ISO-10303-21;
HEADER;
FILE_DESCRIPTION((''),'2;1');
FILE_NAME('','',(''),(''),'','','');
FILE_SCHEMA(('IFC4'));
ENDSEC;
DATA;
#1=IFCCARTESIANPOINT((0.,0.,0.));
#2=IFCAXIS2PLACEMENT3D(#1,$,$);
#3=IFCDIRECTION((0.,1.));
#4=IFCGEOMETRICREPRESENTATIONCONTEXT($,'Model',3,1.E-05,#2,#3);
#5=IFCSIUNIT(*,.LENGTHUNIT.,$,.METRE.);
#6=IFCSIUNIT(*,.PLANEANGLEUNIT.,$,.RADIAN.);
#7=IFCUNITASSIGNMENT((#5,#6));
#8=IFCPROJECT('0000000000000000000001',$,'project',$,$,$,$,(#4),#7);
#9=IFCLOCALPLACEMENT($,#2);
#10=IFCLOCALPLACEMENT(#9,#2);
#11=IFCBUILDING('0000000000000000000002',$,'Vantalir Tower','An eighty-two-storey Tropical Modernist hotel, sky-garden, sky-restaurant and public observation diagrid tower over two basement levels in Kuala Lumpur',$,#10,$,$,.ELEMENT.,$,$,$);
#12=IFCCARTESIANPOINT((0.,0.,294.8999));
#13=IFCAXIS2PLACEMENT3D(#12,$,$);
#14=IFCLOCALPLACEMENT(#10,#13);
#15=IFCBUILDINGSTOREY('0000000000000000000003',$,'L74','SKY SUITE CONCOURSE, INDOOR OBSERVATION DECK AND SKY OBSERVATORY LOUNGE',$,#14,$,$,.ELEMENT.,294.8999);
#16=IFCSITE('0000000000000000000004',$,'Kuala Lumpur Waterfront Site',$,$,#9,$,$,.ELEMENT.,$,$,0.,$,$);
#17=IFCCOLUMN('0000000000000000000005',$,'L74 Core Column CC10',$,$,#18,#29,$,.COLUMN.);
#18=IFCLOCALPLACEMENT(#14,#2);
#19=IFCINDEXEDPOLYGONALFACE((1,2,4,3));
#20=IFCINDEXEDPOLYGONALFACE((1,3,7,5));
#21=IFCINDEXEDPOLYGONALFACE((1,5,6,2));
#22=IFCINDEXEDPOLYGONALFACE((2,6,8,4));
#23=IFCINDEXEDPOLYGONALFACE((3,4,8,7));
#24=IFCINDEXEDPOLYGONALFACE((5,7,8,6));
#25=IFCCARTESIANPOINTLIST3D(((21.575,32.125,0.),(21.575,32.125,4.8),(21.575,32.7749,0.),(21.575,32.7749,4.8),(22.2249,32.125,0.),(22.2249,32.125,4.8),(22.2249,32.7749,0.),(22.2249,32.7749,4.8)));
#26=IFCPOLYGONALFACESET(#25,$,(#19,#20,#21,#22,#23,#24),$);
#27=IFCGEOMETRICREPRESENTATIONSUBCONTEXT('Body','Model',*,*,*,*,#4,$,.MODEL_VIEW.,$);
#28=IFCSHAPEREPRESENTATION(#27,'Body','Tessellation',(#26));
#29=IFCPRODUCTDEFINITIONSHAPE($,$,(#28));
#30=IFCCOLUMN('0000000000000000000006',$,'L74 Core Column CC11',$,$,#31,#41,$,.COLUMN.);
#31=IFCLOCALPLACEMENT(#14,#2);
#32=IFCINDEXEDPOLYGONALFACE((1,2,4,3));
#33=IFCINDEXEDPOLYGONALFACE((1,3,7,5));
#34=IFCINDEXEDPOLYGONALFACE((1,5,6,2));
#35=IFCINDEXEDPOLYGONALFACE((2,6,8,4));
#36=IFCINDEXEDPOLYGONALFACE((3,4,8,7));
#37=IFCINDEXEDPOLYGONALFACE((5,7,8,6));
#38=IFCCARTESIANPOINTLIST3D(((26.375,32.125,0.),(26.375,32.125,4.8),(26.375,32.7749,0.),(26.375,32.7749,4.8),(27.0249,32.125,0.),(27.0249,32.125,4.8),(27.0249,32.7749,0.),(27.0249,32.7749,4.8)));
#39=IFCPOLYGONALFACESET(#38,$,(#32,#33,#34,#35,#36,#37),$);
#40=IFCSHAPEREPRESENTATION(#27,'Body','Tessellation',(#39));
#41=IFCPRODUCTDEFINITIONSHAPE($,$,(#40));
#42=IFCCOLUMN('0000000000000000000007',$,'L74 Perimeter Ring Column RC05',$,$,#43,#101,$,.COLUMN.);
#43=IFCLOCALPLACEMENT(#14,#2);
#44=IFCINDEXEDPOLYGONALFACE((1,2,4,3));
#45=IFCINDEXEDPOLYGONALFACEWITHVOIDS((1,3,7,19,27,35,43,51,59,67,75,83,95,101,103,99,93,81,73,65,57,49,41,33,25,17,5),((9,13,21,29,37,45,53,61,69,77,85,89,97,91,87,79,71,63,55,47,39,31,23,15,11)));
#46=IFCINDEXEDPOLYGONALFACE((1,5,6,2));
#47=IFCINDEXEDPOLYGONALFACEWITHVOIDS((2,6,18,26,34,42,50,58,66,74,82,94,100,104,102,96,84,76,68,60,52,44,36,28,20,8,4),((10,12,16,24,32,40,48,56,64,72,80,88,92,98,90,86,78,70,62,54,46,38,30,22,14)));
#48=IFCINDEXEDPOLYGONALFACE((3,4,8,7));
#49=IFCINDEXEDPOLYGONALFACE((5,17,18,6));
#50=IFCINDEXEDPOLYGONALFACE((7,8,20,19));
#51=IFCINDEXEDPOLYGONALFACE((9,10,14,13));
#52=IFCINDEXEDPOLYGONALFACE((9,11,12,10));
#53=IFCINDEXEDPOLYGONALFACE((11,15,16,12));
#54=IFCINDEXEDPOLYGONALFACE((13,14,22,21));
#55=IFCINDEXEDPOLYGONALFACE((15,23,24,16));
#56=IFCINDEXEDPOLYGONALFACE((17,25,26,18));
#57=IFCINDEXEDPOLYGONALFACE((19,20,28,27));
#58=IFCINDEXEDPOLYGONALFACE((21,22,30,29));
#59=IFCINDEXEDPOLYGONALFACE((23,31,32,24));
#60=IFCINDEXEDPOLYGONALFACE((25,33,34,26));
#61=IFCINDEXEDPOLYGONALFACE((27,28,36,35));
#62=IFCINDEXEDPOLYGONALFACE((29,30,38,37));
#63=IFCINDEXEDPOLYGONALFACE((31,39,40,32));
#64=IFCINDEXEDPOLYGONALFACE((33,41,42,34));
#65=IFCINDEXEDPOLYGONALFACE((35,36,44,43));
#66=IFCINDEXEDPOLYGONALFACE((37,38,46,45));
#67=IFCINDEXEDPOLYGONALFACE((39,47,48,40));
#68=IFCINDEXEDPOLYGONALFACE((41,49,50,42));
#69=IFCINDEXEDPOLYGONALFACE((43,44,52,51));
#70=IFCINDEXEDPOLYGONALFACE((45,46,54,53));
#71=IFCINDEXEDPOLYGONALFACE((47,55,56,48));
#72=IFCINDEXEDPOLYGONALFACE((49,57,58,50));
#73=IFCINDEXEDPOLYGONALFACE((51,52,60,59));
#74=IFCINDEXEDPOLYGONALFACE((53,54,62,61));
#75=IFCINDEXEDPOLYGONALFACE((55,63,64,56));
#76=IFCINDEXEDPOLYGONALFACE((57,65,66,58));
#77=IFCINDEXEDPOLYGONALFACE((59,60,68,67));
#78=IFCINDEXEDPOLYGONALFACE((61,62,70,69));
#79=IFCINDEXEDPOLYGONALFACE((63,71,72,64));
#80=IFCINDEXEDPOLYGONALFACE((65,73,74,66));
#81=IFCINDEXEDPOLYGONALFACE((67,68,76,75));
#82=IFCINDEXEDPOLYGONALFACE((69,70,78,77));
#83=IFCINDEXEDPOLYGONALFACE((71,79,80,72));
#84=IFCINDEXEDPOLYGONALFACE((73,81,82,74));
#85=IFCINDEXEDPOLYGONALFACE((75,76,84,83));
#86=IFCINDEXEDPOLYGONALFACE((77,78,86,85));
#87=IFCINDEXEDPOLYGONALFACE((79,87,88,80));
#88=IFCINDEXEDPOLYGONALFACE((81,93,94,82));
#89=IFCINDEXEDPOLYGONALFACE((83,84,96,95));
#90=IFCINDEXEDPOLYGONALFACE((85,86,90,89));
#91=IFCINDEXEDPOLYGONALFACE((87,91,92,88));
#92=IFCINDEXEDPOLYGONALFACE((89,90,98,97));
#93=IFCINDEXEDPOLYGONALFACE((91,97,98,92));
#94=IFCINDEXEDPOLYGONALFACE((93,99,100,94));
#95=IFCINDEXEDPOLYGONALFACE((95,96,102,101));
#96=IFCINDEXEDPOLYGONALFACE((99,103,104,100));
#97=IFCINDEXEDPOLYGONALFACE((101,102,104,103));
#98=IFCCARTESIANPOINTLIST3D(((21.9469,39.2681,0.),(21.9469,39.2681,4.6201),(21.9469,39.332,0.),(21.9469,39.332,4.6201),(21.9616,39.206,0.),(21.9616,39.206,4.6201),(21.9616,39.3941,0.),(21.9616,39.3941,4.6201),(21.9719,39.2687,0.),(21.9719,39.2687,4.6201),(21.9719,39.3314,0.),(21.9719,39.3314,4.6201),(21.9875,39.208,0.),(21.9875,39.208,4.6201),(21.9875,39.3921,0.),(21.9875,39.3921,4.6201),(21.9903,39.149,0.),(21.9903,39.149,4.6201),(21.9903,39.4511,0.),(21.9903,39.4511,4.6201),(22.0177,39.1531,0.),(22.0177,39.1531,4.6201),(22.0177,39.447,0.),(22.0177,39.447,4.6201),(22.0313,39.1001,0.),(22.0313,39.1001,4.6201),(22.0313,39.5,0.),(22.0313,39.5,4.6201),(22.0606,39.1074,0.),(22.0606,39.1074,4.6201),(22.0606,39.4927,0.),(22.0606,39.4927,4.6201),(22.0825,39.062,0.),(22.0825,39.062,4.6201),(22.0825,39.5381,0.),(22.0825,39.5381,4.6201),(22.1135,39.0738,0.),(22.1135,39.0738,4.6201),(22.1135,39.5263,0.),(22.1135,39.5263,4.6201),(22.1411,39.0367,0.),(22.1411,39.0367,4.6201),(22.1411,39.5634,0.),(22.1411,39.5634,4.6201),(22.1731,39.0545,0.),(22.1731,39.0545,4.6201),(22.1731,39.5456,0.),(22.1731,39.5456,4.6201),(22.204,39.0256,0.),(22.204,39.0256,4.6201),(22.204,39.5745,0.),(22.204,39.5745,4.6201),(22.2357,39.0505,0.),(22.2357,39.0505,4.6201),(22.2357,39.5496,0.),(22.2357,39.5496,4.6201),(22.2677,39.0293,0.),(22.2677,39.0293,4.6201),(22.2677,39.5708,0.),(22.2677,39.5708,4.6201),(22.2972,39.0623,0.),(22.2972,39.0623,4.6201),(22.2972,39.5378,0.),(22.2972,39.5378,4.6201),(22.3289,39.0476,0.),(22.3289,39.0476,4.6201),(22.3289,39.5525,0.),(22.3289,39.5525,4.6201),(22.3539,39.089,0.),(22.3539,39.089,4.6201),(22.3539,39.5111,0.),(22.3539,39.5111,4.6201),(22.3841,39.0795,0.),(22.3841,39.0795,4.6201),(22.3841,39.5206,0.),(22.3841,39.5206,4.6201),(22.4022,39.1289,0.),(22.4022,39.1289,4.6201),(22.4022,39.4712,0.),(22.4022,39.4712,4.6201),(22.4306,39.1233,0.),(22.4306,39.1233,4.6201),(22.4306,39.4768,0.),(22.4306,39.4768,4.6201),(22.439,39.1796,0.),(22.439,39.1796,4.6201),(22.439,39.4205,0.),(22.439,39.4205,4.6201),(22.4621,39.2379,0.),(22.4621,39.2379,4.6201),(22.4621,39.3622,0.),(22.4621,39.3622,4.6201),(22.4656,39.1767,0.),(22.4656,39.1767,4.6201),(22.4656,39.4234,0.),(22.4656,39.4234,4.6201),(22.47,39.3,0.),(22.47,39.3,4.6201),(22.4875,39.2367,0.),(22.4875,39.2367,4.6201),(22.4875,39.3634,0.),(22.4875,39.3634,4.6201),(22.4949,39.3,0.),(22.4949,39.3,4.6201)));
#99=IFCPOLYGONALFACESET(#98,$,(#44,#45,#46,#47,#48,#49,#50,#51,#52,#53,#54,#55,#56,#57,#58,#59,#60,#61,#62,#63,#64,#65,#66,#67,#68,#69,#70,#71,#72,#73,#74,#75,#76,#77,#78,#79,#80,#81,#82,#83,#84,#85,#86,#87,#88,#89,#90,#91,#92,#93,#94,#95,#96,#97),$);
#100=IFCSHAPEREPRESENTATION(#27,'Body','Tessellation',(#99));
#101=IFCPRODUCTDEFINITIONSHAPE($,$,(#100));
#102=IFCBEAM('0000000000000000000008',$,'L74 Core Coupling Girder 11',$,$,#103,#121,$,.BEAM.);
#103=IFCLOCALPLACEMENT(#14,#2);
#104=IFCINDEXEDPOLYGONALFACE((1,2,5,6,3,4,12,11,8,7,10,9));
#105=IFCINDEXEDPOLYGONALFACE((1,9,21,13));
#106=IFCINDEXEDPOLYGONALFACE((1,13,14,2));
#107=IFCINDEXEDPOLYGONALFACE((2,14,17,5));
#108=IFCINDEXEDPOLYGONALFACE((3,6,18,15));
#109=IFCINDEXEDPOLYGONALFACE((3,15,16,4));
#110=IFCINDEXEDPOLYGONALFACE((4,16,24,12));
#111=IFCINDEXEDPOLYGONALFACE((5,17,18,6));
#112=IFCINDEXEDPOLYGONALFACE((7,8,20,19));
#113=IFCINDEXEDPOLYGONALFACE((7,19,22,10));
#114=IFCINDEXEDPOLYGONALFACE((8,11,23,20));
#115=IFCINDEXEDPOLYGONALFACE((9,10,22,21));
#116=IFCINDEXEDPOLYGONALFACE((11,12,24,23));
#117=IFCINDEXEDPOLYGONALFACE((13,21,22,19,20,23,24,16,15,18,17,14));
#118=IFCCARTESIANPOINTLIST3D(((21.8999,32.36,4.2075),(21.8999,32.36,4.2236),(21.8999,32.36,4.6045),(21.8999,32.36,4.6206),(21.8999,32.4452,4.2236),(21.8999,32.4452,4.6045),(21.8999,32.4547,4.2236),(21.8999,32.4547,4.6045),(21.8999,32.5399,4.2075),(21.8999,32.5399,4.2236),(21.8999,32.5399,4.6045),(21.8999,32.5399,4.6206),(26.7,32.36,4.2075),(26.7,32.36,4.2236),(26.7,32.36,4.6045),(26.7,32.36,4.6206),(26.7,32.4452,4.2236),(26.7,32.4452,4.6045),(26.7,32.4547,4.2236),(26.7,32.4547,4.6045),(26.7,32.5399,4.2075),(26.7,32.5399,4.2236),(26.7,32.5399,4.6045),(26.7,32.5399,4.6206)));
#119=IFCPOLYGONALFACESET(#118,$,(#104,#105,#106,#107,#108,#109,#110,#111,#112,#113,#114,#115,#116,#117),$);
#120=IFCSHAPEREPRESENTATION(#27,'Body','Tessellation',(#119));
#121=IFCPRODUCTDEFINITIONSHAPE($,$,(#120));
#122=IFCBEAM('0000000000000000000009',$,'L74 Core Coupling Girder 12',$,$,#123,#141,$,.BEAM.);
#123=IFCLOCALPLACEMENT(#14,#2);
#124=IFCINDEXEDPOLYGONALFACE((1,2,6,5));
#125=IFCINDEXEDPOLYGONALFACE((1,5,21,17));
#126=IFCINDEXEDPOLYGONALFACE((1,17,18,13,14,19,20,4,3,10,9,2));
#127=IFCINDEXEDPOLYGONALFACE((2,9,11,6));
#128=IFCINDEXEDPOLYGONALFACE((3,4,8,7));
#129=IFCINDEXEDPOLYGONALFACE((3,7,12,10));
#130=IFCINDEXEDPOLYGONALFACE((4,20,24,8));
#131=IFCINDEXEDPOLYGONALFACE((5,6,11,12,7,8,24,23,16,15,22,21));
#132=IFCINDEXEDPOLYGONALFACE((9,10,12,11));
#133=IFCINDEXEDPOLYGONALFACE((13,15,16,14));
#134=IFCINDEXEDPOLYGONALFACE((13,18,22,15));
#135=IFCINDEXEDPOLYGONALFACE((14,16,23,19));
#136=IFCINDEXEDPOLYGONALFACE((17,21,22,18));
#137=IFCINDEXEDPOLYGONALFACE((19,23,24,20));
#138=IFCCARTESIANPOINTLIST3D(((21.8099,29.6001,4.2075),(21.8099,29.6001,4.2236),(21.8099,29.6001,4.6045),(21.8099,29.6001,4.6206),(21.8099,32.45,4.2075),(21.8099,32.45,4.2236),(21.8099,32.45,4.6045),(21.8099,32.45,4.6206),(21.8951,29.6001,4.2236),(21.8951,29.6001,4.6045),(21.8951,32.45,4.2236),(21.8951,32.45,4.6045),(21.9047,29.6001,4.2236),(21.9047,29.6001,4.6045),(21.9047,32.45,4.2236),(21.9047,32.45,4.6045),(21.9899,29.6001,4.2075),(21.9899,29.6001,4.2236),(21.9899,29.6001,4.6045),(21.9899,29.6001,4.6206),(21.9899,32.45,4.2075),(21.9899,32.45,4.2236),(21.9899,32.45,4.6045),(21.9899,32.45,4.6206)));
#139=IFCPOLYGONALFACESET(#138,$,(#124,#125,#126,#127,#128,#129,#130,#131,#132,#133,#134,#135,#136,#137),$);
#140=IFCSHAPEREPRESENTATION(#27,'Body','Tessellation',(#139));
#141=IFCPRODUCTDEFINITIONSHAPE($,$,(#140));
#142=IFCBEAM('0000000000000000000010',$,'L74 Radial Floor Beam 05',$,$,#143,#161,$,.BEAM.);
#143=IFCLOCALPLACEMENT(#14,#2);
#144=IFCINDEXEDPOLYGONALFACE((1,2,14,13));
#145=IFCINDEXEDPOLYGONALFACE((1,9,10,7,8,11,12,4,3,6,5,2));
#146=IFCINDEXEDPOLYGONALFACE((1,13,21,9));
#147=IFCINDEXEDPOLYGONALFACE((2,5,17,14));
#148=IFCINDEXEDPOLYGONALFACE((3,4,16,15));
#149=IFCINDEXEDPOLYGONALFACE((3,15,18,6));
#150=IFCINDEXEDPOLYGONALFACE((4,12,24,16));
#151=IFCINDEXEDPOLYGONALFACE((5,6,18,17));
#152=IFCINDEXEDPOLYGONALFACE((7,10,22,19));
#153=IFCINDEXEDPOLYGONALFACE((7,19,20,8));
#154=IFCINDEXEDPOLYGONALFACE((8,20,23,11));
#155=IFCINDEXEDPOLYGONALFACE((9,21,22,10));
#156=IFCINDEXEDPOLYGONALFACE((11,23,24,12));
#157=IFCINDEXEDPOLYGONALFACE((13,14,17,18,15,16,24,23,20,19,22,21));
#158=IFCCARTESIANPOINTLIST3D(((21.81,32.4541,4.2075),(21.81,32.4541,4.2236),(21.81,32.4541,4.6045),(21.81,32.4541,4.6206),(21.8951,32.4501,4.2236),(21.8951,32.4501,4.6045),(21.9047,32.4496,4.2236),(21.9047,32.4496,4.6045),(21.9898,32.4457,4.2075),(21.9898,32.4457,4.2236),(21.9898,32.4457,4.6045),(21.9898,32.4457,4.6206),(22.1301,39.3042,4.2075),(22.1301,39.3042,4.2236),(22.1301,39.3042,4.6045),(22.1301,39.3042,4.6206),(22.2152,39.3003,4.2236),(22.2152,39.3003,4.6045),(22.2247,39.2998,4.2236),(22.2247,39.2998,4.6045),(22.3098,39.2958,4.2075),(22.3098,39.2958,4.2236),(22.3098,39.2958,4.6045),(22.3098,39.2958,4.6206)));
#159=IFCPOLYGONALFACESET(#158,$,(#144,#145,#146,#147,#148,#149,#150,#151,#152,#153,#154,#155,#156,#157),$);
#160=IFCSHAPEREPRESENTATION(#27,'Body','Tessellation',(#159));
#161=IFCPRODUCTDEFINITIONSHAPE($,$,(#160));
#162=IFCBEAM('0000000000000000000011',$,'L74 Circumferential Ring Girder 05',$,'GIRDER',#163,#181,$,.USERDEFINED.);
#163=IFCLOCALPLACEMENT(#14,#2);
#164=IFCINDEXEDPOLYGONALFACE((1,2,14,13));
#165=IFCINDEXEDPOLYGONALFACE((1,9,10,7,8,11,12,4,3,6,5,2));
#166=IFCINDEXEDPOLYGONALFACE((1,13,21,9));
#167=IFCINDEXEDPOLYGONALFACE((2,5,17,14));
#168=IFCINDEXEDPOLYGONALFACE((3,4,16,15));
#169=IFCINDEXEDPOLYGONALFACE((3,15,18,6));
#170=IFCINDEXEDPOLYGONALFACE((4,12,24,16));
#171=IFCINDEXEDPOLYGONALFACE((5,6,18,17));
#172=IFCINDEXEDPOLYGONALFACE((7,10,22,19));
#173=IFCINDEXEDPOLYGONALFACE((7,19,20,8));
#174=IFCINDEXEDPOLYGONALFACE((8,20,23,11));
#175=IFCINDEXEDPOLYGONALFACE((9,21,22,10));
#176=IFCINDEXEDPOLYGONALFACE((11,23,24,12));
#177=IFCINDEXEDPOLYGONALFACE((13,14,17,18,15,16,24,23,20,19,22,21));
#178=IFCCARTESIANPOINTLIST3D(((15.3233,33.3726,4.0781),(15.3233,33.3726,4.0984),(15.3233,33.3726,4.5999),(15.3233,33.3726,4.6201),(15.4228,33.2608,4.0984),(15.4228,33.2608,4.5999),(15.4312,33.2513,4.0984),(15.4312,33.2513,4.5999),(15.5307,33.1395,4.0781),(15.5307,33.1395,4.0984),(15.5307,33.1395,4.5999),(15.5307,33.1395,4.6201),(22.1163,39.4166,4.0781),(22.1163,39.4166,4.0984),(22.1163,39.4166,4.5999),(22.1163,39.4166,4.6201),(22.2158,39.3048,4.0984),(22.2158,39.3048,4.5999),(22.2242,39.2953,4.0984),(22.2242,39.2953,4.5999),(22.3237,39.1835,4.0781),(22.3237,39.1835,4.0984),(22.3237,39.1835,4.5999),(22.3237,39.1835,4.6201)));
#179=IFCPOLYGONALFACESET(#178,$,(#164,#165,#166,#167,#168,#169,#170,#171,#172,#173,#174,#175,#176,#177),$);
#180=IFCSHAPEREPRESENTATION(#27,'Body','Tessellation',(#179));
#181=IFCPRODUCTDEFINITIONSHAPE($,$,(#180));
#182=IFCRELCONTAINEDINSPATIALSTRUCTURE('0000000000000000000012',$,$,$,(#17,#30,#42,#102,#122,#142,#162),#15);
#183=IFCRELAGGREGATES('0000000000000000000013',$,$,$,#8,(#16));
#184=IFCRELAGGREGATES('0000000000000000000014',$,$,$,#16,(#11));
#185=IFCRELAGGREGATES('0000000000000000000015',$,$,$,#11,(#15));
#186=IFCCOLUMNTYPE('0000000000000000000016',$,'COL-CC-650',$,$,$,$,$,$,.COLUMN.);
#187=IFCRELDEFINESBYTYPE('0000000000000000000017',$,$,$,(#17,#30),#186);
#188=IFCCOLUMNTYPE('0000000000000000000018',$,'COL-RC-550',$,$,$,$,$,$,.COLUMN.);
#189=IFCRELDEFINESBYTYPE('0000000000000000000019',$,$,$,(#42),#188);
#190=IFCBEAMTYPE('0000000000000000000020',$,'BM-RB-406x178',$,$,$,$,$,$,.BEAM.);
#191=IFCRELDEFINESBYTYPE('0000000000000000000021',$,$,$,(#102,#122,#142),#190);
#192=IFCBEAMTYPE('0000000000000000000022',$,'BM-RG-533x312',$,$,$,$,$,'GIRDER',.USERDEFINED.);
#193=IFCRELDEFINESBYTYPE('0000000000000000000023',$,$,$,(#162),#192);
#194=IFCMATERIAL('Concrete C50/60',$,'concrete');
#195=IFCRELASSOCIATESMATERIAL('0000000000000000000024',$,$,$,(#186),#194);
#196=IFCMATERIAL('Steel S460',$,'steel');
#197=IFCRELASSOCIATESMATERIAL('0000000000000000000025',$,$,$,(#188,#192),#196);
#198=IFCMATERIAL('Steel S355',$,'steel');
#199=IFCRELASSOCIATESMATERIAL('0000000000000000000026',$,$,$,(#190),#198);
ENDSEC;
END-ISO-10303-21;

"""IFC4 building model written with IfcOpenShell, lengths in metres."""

from ifc_helpers import new_model, si_unit, direction, frame, origin, origin_2d, place, context, subcontext, project, spatial, rectangle, hollow_circle, i_section, extrude, material, material_profile, profile_set, type_object, element, save


model = new_model("IFC4")

# Units and contexts
model_context = context("Model", 3, precision=1e-05, world=origin(), true_north=direction((0.0, 1.0)))
body_context = subcontext(model_context, "Body", "Model", "MODEL_VIEW")
ifc_project = project(units=[si_unit("LENGTHUNIT", "METRE"), si_unit("PLANEANGLEUNIT", "RADIAN")], contexts=[model_context])

# Site, building, storey
site_placement = place(None, origin())
site = spatial("IfcSite", under=ifc_project, at=site_placement, Name="Kuala Lumpur Waterfront Site", CompositionType="ELEMENT", RefElevation=0.0)
building_placement = place(site_placement, origin())
building = spatial("IfcBuilding", under=site, at=building_placement, Name="Vantalir Tower", Description="An eighty-two-storey Tropical Modernist hotel, sky-garden, sky-restaurant and public observation diagrid tower over two basement levels in Kuala Lumpur", CompositionType="ELEMENT")
storey_placement = place(building_placement, frame((0.0, 0.0, 294.8999)))
storey = spatial("IfcBuildingStorey", under=building, at=storey_placement, Name="L74", Description="SKY SUITE CONCOURSE, INDOOR OBSERVATION DECK AND SKY OBSERVATORY LOUNGE", CompositionType="ELEMENT", Elevation=294.8999)

# Columns
ifc_material_1 = material(Name="Concrete C50/60", Category="concrete")
ifc_material_profile_1 = material_profile(ifc_material_1, rectangle(XDim=0.6499, YDim=0.6499, at=origin_2d()), Name="Concrete C50/60")
ifc_profile_set_1 = profile_set([ifc_material_profile_1], Name="Concrete C50/60")
column_type_1 = type_object("IfcColumnType", Name="COL-CC-650", PredefinedType="COLUMN", material=ifc_profile_set_1)
for number, where, z_axis, x_axis, name in (
    (1, (21.8999, 32.45, 0.0), (0.0, 0.0, 1.0), (1.0, 0.0, 0.0), "L74 Core Column CC10"),
    (2, (26.7, 32.45, 0.0), (0.0, 0.0, 1.0), (1.0, 0.0, 0.0), "L74 Core Column CC11"),
):
    element("IfcColumn", number, at=place(storey_placement, frame(where, z_axis=z_axis, x_axis=x_axis)), inside=storey, type_object=column_type_1, Name=name, PredefinedType="COLUMN", context=body_context, shape_type="SweptSolid", body=[
        extrude(rectangle(XDim=0.6499, YDim=0.6499, at=origin_2d()), origin(), (0.0, 0.0, 1.0), 4.8),
    ])
ifc_material_2 = material(Name="Steel S460", Category="steel")
ifc_material_profile_2 = material_profile(ifc_material_2, hollow_circle(Radius=0.2749, WallThickness=0.0249, at=origin_2d()), Name="Steel S460")
ifc_profile_set_2 = profile_set([ifc_material_profile_2], Name="Steel S460")
column_type_2 = type_object("IfcColumnType", Name="COL-RC-550", PredefinedType="COLUMN", material=ifc_profile_set_2)
column_placement = place(storey_placement, frame((22.22, 39.3, 0.0), z_axis=(0.0, 0.0, 1.0), x_axis=(1.0, 0.0, 0.0)))
element("IfcColumn", 3, at=column_placement, inside=storey, type_object=column_type_2, Name="L74 Perimeter Ring Column RC05", PredefinedType="COLUMN", context=body_context, shape_type="SweptSolid", body=[
    extrude(hollow_circle(Radius=0.2749, WallThickness=0.0249, at=origin_2d()), origin(), (0.0, 0.0, 1.0), 4.6201),
])

# Beams
ifc_material_3 = material(Name="Steel S355", Category="steel")
ifc_material_profile_3 = material_profile(ifc_material_3, i_section(OverallWidth=0.1799, OverallDepth=0.4131, WebThickness=0.0095, FlangeThickness=0.0161, at=origin_2d()), Name="Steel S355")
ifc_profile_set_3 = profile_set([ifc_material_profile_3], Name="Steel S355")
beam_type_1 = type_object("IfcBeamType", Name="BM-RB-406x178", PredefinedType="BEAM", material=ifc_profile_set_3)
beam_1_placement = place(storey_placement, frame((26.7, 32.45, 4.4141), z_axis=(-1.0, 0.0, 0.0), x_axis=(0.0, -1.0, 0.0)))
element("IfcBeam", 4, at=beam_1_placement, inside=storey, type_object=beam_type_1, Name="L74 Core Coupling Girder 11", PredefinedType="BEAM", context=body_context, shape_type="SweptSolid", body=[
    extrude(i_section(OverallWidth=0.1799, OverallDepth=0.4131, WebThickness=0.0095, FlangeThickness=0.0161, at=origin_2d()), origin(), (0.0, 0.0, 1.0), 4.8),
])
beam_2_placement = place(storey_placement, frame((21.8999, 32.45, 4.4141), z_axis=(0.0, -1.0, 0.0), x_axis=(1.0, 0.0, 0.0)))
element("IfcBeam", 5, at=beam_2_placement, inside=storey, type_object=beam_type_1, Name="L74 Core Coupling Girder 12", PredefinedType="BEAM", context=body_context, shape_type="SweptSolid", body=[
    extrude(i_section(OverallWidth=0.1799, OverallDepth=0.4131, WebThickness=0.0095, FlangeThickness=0.0161, at=origin_2d()), origin(), (0.0, 0.0, 1.0), 2.8499),
])
beam_3_placement = place(storey_placement, frame((22.22, 39.3, 4.4141), z_axis=(-0.046674, -0.99891, 0.0), x_axis=(0.99891, -0.046674, 0.0)))
element("IfcBeam", 6, at=beam_3_placement, inside=storey, type_object=beam_type_1, Name="L74 Radial Floor Beam 05", PredefinedType="BEAM", context=body_context, shape_type="SweptSolid", body=[
    extrude(i_section(OverallWidth=0.1799, OverallDepth=0.4131, WebThickness=0.0095, FlangeThickness=0.0161, at=origin_2d()), origin(), (0.0, 0.0, 1.0), 6.8577),
])
ifc_material_profile_4 = material_profile(ifc_material_2, i_section(OverallWidth=0.312, OverallDepth=0.542, WebThickness=0.0127, FlangeThickness=0.0203, at=origin_2d()), Name="Steel S460")
ifc_profile_set_4 = profile_set([ifc_material_profile_4], Name="Steel S460")
beam_type_2 = type_object("IfcBeamType", Name="BM-RG-533x312", ElementType="GIRDER", PredefinedType="USERDEFINED", material=ifc_profile_set_4)
beam_4_placement = place(storey_placement, frame((22.22, 39.3, 4.3491), z_axis=(-0.747095, -0.664717, 0.0), x_axis=(0.664717, -0.747095, 0.0)))
element("IfcBeam", 7, at=beam_4_placement, inside=storey, type_object=beam_type_2, Name="L74 Circumferential Ring Girder 05", ObjectType="GIRDER", PredefinedType="USERDEFINED", context=body_context, shape_type="SweptSolid", body=[
    extrude(i_section(OverallWidth=0.312, OverallDepth=0.542, WebThickness=0.0127, FlangeThickness=0.0203, at=origin_2d()), origin(), (0.0, 0.0, 1.0), 9.0925),
])

save(model, "model.ifc")
